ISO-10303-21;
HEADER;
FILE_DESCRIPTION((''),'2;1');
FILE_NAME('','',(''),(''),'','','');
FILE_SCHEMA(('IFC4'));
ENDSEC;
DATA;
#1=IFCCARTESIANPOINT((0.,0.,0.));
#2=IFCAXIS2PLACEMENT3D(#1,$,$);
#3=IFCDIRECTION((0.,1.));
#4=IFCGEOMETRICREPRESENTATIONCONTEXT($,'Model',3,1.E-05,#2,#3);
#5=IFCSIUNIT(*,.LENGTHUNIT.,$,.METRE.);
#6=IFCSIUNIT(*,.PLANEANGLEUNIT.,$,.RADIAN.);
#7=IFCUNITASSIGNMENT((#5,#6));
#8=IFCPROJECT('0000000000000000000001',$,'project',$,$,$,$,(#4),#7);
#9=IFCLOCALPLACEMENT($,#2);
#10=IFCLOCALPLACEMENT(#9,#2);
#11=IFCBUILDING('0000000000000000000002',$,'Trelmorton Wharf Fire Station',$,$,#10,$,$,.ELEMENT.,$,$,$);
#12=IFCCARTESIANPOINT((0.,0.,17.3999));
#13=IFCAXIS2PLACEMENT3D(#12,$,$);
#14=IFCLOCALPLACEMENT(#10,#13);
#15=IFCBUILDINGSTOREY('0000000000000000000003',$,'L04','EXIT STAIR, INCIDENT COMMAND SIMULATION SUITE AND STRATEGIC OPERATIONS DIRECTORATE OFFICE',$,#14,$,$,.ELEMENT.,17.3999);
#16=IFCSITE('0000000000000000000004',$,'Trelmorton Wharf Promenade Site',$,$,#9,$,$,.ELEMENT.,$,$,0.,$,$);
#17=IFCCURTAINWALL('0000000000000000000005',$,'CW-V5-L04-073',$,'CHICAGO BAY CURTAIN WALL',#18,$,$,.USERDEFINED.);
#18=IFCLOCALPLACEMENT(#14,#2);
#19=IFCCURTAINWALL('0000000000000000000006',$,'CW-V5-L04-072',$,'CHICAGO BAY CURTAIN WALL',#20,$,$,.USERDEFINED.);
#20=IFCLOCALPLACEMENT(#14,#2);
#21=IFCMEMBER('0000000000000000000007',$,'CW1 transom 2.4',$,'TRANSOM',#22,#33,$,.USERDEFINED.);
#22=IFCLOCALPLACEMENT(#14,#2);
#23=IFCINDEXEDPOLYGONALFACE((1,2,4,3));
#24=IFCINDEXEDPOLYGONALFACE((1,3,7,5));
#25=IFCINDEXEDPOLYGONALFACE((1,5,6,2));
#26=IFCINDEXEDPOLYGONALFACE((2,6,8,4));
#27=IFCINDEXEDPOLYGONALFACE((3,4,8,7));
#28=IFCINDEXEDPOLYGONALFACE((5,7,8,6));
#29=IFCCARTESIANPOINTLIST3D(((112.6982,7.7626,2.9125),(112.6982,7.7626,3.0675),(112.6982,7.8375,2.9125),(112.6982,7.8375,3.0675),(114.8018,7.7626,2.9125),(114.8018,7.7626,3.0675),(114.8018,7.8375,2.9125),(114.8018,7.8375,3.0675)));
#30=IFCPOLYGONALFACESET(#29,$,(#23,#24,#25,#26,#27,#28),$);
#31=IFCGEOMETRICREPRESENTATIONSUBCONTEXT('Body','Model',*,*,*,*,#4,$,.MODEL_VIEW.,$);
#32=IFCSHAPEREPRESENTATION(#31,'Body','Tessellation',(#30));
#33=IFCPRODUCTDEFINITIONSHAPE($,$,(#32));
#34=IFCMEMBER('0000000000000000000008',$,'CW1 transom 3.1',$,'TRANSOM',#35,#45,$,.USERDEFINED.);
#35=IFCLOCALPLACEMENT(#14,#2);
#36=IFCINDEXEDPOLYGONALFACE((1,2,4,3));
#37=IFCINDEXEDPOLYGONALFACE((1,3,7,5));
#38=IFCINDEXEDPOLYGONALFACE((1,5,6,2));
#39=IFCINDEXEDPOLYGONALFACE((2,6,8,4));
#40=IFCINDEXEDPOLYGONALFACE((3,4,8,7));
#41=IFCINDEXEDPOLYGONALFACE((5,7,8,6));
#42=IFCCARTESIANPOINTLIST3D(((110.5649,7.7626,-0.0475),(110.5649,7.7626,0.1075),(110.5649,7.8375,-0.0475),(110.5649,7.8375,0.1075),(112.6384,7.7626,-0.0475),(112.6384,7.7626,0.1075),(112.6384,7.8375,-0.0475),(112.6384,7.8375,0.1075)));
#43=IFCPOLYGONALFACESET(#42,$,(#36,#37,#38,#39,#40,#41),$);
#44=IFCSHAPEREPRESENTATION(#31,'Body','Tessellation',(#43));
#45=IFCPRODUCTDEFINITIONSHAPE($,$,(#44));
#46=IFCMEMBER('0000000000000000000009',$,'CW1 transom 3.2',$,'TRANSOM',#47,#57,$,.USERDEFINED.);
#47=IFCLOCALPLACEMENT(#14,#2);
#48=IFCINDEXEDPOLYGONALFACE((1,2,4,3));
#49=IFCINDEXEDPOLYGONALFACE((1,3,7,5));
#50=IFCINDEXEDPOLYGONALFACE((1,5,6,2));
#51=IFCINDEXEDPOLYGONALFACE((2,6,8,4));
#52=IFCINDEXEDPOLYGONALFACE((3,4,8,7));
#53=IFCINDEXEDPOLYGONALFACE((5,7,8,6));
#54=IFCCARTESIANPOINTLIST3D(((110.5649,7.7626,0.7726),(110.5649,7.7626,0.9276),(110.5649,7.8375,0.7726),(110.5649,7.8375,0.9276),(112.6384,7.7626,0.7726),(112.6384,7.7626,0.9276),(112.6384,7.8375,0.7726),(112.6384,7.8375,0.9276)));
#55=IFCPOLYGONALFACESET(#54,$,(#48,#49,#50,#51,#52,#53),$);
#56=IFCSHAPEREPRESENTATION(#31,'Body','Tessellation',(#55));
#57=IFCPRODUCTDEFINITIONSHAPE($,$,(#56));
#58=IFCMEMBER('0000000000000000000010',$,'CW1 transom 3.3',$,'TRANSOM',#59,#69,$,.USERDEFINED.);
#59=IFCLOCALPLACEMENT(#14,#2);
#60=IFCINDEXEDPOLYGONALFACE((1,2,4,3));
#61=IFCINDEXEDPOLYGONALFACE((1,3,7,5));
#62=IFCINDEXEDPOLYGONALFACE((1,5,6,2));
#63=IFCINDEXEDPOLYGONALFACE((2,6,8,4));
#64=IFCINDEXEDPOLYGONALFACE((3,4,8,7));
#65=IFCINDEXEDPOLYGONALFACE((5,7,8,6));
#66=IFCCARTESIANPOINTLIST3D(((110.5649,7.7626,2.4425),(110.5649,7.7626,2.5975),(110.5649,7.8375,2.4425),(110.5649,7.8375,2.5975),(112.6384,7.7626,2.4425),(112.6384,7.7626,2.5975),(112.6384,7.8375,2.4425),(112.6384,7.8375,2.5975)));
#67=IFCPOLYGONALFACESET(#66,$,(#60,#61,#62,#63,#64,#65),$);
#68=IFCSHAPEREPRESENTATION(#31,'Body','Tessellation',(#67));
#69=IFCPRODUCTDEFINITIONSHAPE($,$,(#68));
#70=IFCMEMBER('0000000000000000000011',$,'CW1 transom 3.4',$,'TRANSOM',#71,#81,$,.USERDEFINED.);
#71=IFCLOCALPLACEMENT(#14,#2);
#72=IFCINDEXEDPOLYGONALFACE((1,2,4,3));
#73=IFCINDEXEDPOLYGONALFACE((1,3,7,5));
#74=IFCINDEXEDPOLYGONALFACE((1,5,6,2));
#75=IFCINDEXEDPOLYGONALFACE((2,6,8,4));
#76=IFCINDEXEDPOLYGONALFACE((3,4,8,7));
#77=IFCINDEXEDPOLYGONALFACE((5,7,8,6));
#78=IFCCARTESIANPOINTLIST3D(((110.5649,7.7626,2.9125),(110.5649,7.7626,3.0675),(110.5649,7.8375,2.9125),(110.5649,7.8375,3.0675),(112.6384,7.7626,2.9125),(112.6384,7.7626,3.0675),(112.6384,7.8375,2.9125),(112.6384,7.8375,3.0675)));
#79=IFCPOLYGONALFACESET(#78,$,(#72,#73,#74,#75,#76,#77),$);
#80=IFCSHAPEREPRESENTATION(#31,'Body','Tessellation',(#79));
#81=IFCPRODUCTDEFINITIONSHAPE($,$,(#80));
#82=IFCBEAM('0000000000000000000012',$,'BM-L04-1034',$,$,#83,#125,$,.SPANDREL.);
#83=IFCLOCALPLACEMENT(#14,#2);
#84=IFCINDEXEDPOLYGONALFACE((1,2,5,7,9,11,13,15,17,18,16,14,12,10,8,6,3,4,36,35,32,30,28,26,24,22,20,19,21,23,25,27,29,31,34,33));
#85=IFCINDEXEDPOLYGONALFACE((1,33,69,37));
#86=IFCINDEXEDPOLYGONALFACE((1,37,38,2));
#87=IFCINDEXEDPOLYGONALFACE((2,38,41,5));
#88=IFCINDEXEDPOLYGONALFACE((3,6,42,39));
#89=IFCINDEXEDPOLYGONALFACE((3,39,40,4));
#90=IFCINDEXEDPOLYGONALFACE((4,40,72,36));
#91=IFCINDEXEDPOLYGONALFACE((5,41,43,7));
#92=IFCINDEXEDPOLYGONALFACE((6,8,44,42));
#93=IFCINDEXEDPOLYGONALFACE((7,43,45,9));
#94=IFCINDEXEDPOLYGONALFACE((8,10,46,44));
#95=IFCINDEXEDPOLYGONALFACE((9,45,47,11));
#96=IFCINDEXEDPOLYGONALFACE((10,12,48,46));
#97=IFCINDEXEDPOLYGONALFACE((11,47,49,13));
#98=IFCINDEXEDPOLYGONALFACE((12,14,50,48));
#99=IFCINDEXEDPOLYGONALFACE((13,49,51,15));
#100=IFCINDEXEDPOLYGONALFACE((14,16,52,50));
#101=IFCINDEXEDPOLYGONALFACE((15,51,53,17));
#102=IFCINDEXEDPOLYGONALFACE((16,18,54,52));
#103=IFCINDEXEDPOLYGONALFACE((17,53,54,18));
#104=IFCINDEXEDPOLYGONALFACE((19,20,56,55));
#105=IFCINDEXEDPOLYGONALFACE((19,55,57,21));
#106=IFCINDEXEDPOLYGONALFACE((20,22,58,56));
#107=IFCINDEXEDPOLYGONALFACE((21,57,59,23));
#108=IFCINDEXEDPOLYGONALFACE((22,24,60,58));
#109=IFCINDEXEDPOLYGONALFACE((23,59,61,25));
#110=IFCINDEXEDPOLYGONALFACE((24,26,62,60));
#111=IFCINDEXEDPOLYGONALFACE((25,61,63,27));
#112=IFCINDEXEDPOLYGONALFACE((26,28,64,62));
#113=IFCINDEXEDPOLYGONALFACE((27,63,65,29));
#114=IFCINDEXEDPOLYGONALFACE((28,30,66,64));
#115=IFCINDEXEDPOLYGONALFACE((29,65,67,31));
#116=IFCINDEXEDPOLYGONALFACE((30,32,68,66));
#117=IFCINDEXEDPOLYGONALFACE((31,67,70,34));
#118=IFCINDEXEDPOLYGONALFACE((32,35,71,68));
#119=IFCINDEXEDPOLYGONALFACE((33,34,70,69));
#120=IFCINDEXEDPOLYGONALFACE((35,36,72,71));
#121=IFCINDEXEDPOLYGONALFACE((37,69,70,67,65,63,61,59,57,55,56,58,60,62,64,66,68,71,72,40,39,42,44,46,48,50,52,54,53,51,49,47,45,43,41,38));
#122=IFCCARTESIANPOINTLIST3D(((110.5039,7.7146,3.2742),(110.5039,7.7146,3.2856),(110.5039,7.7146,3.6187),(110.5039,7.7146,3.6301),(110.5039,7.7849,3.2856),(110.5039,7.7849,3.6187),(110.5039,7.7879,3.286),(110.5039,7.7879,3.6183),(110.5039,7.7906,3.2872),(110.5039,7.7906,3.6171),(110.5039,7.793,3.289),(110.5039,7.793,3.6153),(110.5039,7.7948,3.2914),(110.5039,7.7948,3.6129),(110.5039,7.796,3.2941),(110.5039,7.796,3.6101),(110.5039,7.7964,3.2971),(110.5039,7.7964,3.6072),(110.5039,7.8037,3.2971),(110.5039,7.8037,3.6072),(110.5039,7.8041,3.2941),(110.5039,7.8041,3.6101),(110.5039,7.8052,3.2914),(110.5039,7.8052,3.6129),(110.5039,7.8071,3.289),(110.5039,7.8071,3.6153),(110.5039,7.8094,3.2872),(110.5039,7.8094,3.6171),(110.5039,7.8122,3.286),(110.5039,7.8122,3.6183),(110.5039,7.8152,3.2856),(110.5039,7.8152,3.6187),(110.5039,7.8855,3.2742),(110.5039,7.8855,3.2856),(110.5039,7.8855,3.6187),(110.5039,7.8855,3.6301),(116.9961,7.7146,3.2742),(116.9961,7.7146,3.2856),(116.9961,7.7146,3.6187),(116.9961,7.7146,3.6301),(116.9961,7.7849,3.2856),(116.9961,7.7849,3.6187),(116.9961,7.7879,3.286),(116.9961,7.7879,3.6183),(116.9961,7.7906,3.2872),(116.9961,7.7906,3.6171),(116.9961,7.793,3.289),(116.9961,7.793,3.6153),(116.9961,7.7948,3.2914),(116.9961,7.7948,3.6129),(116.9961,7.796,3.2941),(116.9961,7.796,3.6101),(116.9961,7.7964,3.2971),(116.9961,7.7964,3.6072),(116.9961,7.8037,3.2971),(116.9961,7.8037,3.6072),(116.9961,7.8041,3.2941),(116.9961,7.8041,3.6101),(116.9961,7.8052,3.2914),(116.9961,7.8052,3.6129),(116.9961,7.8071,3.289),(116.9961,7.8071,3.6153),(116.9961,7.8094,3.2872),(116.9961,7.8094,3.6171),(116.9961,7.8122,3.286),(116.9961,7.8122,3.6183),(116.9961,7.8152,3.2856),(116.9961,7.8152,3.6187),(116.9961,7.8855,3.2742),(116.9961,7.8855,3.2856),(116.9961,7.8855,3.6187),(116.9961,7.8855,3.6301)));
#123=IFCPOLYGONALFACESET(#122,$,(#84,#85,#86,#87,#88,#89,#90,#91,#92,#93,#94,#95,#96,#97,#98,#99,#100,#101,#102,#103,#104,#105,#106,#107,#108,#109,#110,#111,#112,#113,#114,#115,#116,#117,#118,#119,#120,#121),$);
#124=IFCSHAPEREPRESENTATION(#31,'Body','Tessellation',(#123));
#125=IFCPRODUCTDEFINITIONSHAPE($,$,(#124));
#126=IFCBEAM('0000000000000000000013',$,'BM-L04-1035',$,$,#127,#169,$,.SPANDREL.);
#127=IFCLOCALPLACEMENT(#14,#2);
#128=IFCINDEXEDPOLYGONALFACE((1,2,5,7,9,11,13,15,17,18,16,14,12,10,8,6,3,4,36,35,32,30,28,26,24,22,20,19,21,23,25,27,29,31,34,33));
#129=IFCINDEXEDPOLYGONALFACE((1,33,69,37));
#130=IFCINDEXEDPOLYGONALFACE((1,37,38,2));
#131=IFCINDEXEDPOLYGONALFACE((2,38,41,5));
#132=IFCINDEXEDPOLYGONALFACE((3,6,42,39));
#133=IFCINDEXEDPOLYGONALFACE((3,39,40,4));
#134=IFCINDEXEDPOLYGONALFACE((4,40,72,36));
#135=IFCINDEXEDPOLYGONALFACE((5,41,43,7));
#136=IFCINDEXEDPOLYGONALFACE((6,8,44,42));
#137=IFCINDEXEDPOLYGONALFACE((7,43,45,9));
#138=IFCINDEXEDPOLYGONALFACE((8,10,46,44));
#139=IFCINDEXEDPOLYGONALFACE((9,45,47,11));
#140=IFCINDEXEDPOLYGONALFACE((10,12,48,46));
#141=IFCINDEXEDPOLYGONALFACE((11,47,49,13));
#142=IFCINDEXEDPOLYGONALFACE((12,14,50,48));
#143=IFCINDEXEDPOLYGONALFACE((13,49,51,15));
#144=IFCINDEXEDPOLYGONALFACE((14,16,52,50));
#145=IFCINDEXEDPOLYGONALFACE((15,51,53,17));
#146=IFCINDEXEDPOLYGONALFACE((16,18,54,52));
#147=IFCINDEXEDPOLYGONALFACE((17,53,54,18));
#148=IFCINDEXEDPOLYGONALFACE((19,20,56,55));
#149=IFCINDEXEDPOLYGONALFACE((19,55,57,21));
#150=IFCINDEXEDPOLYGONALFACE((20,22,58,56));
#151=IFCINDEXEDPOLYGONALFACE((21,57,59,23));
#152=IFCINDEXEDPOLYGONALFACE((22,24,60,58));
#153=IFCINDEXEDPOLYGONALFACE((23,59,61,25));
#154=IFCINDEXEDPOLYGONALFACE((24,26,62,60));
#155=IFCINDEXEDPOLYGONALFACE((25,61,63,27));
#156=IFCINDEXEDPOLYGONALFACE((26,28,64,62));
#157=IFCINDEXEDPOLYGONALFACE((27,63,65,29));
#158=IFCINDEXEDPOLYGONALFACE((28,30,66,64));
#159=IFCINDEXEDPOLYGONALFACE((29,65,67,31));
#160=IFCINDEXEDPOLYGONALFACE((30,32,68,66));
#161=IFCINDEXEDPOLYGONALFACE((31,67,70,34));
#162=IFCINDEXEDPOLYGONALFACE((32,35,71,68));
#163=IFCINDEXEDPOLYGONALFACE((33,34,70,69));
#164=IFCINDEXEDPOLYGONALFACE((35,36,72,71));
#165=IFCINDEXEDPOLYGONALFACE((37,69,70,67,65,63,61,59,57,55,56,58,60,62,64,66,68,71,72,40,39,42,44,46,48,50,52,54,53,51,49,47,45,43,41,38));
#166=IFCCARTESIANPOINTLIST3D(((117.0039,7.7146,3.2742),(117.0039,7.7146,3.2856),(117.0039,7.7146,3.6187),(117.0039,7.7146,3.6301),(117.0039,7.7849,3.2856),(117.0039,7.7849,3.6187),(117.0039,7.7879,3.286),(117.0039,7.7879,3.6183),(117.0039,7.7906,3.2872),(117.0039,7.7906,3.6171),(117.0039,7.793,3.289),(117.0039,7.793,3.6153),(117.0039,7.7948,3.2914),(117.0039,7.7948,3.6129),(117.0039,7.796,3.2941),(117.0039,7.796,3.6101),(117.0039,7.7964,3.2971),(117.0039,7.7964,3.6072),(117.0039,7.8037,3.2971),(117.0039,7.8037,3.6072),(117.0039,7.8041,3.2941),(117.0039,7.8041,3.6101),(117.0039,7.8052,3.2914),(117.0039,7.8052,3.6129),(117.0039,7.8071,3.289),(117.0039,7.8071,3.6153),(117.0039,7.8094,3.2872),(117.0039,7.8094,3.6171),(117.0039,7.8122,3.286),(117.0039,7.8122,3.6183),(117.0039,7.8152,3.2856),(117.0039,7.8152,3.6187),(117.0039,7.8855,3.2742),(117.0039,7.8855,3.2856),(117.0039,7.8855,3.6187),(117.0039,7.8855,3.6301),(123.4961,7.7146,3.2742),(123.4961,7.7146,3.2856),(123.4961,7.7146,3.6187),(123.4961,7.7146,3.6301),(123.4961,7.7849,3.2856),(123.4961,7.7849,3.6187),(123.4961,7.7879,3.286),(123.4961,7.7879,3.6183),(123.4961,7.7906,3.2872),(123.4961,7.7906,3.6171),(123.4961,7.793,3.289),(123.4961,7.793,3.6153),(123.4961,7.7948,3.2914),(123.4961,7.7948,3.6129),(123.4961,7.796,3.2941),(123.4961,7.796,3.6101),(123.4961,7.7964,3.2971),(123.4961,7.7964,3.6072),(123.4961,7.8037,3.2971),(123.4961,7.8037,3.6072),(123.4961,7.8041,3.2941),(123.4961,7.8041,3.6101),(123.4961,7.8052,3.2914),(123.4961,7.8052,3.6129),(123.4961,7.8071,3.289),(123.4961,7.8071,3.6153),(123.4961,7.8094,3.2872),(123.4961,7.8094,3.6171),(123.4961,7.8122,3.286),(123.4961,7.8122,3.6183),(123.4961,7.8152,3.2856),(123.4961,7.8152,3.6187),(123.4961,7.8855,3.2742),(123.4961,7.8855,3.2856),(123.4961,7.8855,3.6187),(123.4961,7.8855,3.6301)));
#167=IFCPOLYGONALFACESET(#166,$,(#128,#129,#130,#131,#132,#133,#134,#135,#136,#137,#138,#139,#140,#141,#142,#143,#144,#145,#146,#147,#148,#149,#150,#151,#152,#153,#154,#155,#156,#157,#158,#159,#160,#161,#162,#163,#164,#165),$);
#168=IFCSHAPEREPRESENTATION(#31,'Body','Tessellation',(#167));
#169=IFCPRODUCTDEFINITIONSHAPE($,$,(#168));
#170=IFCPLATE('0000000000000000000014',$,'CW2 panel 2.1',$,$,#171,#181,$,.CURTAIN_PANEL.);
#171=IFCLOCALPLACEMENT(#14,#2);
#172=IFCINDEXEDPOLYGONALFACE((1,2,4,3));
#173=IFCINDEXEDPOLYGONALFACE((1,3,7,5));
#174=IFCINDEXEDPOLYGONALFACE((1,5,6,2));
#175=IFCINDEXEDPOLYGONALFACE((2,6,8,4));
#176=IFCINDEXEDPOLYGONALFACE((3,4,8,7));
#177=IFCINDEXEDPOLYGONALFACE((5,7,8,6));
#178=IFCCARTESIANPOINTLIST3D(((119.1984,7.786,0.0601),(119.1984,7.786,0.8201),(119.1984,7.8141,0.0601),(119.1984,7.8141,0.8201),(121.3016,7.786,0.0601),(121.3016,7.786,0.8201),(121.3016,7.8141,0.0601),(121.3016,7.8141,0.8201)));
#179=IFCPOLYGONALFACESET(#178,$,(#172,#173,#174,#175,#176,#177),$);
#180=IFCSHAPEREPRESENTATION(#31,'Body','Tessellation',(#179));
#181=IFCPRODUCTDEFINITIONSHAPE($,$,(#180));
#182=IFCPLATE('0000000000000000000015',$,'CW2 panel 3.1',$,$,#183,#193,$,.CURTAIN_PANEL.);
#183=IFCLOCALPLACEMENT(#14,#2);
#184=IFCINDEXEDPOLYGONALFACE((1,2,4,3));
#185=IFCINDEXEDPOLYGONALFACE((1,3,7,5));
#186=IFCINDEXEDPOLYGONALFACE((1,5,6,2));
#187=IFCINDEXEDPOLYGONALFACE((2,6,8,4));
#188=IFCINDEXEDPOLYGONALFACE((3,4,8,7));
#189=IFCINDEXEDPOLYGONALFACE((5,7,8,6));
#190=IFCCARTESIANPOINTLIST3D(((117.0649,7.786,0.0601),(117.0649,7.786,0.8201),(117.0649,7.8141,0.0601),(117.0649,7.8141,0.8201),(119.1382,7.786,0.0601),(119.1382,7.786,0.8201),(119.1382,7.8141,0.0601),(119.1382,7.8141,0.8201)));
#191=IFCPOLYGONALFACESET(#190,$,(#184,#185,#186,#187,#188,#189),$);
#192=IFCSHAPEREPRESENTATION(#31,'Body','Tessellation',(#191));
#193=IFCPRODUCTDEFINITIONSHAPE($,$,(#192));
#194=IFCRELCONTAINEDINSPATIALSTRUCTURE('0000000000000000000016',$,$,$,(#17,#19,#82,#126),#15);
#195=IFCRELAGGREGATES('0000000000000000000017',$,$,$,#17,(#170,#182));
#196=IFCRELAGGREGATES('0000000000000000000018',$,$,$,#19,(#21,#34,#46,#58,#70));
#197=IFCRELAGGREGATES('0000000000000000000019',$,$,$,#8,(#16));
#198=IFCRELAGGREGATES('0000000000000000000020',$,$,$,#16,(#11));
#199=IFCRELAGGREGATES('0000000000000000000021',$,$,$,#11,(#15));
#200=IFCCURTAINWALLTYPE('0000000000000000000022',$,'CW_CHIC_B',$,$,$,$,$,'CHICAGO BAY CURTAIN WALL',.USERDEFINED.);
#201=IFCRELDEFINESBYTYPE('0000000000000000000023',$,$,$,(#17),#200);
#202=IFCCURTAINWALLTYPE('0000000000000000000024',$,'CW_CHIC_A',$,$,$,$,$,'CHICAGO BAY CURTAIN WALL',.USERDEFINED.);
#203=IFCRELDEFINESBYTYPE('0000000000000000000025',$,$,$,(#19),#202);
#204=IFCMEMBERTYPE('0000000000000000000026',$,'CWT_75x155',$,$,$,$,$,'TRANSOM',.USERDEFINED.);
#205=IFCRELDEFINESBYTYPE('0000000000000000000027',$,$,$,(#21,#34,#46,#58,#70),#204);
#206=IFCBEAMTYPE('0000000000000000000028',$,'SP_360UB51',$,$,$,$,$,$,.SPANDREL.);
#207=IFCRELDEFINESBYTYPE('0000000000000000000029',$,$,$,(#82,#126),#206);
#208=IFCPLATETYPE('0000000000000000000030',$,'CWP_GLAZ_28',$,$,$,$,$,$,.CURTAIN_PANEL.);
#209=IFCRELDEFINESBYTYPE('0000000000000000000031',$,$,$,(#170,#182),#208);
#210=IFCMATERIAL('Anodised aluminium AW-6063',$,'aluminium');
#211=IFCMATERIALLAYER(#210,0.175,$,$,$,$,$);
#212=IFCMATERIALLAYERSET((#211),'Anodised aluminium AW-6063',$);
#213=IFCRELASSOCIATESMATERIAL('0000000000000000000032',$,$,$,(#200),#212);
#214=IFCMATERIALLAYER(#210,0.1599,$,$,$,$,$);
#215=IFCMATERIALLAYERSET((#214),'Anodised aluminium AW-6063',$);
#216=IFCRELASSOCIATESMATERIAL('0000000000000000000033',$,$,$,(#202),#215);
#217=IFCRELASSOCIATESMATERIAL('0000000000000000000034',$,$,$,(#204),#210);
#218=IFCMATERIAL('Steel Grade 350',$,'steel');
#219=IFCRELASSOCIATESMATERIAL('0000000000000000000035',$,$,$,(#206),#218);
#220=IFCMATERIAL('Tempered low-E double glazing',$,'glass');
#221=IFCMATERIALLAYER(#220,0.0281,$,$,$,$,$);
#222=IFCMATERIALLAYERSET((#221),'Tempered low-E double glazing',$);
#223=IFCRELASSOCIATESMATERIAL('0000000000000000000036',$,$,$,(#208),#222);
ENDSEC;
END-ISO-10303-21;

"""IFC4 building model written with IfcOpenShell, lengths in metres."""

from ifc_helpers import new_model, si_unit, direction, frame, origin, origin_2d, place, context, subcontext, project, spatial, rectangle, i_section, extrude, material, layer, layer_set, material_profile, profile_set, type_object, element, aggregate, save


model = new_model("IFC4")

# Units and contexts
model_context = context("Model", 3, precision=1e-05, world=origin(), true_north=direction((0.0, 1.0)))
body_context = subcontext(model_context, "Body", "Model", "MODEL_VIEW")
ifc_project = project(units=[si_unit("LENGTHUNIT", "METRE"), si_unit("PLANEANGLEUNIT", "RADIAN")], contexts=[model_context])

# Site, building, storey
site_placement = place(None, origin())
site = spatial("IfcSite", under=ifc_project, at=site_placement, Name="Trelmorton Wharf Promenade Site", CompositionType="ELEMENT", RefElevation=0.0)
building_placement = place(site_placement, origin())
building = spatial("IfcBuilding", under=site, at=building_placement, Name="Trelmorton Wharf Fire Station", CompositionType="ELEMENT")
storey_placement = place(building_placement, frame((0.0, 0.0, 17.3999)))
storey = spatial("IfcBuildingStorey", under=building, at=storey_placement, Name="L04", Description="EXIT STAIR, INCIDENT COMMAND SIMULATION SUITE AND STRATEGIC OPERATIONS DIRECTORATE OFFICE", CompositionType="ELEMENT", Elevation=17.3999)

# Shared definitions
ifc_material_1 = material(Name="Steel Grade 350", Category="steel")

# Curtain walls
ifc_material_2 = material(Name="Anodised aluminium AW-6063", Category="aluminium")
ifc_layer_1 = layer(ifc_material_2, 0.175)
ifc_layer_set_1 = layer_set([ifc_layer_1], Name="Anodised aluminium AW-6063")
curtain_wall_type_1 = type_object("IfcCurtainWallType", Name="CW_CHIC_B", ElementType="CHICAGO BAY CURTAIN WALL", PredefinedType="USERDEFINED", material=ifc_layer_set_1)
curtain_wall_1_placement = place(storey_placement, origin())
curtain_wall_1 = element("IfcCurtainWall", 1, at=curtain_wall_1_placement, inside=storey, type_object=curtain_wall_type_1, Name="CW-V5-L04-073", ObjectType="CHICAGO BAY CURTAIN WALL", PredefinedType="USERDEFINED")
ifc_layer_2 = layer(ifc_material_2, 0.1599)
ifc_layer_set_2 = layer_set([ifc_layer_2], Name="Anodised aluminium AW-6063")
curtain_wall_type_2 = type_object("IfcCurtainWallType", Name="CW_CHIC_A", ElementType="CHICAGO BAY CURTAIN WALL", PredefinedType="USERDEFINED", material=ifc_layer_set_2)
curtain_wall_2_placement = place(storey_placement, origin())
curtain_wall_2 = element("IfcCurtainWall", 2, at=curtain_wall_2_placement, inside=storey, type_object=curtain_wall_type_2, Name="CW-V5-L04-072", ObjectType="CHICAGO BAY CURTAIN WALL", PredefinedType="USERDEFINED")

# Members
ifc_material_profile_1 = material_profile(ifc_material_2, rectangle(XDim=0.075, YDim=0.155, at=origin_2d()), Name="ALU-75x155")
ifc_profile_set_1 = profile_set([ifc_material_profile_1], Name="Anodised aluminium AW-6063")
member_type_1 = type_object("IfcMemberType", Name="CWT_75x155", ElementType="TRANSOM", PredefinedType="USERDEFINED", material=ifc_profile_set_1)
member_1_placement = place(storey_placement, frame((114.8018, 7.8, 2.99), z_axis=(-1.0, 0.0, 0.0), x_axis=(0.0, -1.0, 0.0)))
member_1 = element("IfcMember", 3, at=member_1_placement, type_object=member_type_1, Name="CW1 transom 2.4", ObjectType="TRANSOM", PredefinedType="USERDEFINED", context=body_context, shape_type="SweptSolid", body=[
    extrude(rectangle(XDim=0.075, YDim=0.155, at=origin_2d()), origin(), (0.0, 0.0, 1.0), 2.1035),
])
member_2_placement = place(storey_placement, frame((112.6384, 7.8, 0.03), z_axis=(-1.0, 0.0, 0.0), x_axis=(0.0, -1.0, 0.0)))
member_2 = element("IfcMember", 4, at=member_2_placement, type_object=member_type_1, Name="CW1 transom 3.1", ObjectType="TRANSOM", PredefinedType="USERDEFINED", context=body_context, shape_type="SweptSolid", body=[
    extrude(rectangle(XDim=0.075, YDim=0.155, at=origin_2d()), origin(), (0.0, 0.0, 1.0), 2.0735),
])
member_3_placement = place(storey_placement, frame((112.6384, 7.8, 0.8501), z_axis=(-1.0, 0.0, 0.0), x_axis=(0.0, -1.0, 0.0)))
member_3 = element("IfcMember", 5, at=member_3_placement, type_object=member_type_1, Name="CW1 transom 3.2", ObjectType="TRANSOM", PredefinedType="USERDEFINED", context=body_context, shape_type="SweptSolid", body=[
    extrude(rectangle(XDim=0.075, YDim=0.155, at=origin_2d()), origin(), (0.0, 0.0, 1.0), 2.0735),
])
member_4_placement = place(storey_placement, frame((112.6384, 7.8, 2.52), z_axis=(-1.0, 0.0, 0.0), x_axis=(0.0, -1.0, 0.0)))
member_4 = element("IfcMember", 6, at=member_4_placement, type_object=member_type_1, Name="CW1 transom 3.3", ObjectType="TRANSOM", PredefinedType="USERDEFINED", context=body_context, shape_type="SweptSolid", body=[
    extrude(rectangle(XDim=0.075, YDim=0.155, at=origin_2d()), origin(), (0.0, 0.0, 1.0), 2.0735),
])
member_5_placement = place(storey_placement, frame((112.6384, 7.8, 2.99), z_axis=(-1.0, 0.0, 0.0), x_axis=(0.0, -1.0, 0.0)))
member_5 = element("IfcMember", 7, at=member_5_placement, type_object=member_type_1, Name="CW1 transom 3.4", ObjectType="TRANSOM", PredefinedType="USERDEFINED", context=body_context, shape_type="SweptSolid", body=[
    extrude(rectangle(XDim=0.075, YDim=0.155, at=origin_2d()), origin(), (0.0, 0.0, 1.0), 2.0735),
])

# Beams
ifc_material_profile_2 = material_profile(ifc_material_1, i_section(OverallWidth=0.1709, OverallDepth=0.356, WebThickness=0.0073, FlangeThickness=0.0115, FilletRadius=0.0115, at=origin_2d()), Name="360UB50.7")
ifc_profile_set_2 = profile_set([ifc_material_profile_2], Name="Steel Grade 350")
beam_type = type_object("IfcBeamType", Name="SP_360UB51", PredefinedType="SPANDREL", material=ifc_profile_set_2)
for number, where, z_axis, x_axis, name in (
    (8, (110.5039, 7.8, 3.4521), (1.0, 0.0, 0.0), (0.0, 1.0, 0.0), "BM-L04-1034"),
    (9, (117.0039, 7.8, 3.4521), (1.0, 0.0, 0.0), (0.0, 1.0, 0.0), "BM-L04-1035"),
):
    element("IfcBeam", number, at=place(storey_placement, frame(where, z_axis=z_axis, x_axis=x_axis)), inside=storey, type_object=beam_type, Name=name, PredefinedType="SPANDREL", context=body_context, shape_type="SweptSolid", body=[
        extrude(i_section(OverallWidth=0.1709, OverallDepth=0.356, WebThickness=0.0073, FlangeThickness=0.0115, FilletRadius=0.0115, at=origin_2d()), origin(), (0.0, 0.0, 1.0), 6.4922),
    ])

# Plates
ifc_material_3 = material(Name="Tempered low-E double glazing", Category="glass")
ifc_layer_3 = layer(ifc_material_3, 0.0281)
ifc_layer_set_3 = layer_set([ifc_layer_3], Name="Tempered low-E double glazing")
plate_type_1 = type_object("IfcPlateType", Name="CWP_GLAZ_28", PredefinedType="CURTAIN_PANEL", material=ifc_layer_set_3)
plate_1_placement = place(storey_placement, frame((120.25, 7.8, 0.0601), z_axis=(0.0, 0.0, 1.0), x_axis=(-1.0, 0.0, 0.0)))
plate_1 = element("IfcPlate", 10, at=plate_1_placement, type_object=plate_type_1, Name="CW2 panel 2.1", PredefinedType="CURTAIN_PANEL", context=body_context, shape_type="SweptSolid", body=[
    extrude(rectangle(XDim=2.1033, YDim=0.0281, at=origin_2d()), origin(), (0.0, 0.0, 1.0), 0.76),
])
plate_2_placement = place(storey_placement, frame((118.1016, 7.8, 0.0601), z_axis=(0.0, 0.0, 1.0), x_axis=(-1.0, 0.0, 0.0)))
plate_2 = element("IfcPlate", 11, at=plate_2_placement, type_object=plate_type_1, Name="CW2 panel 3.1", PredefinedType="CURTAIN_PANEL", context=body_context, shape_type="SweptSolid", body=[
    extrude(rectangle(XDim=2.0732, YDim=0.0281, at=origin_2d()), origin(), (0.0, 0.0, 1.0), 0.76),
])
aggregate(curtain_wall_1, [plate_1, plate_2])
aggregate(curtain_wall_2, [member_1, member_2, member_3, member_4, member_5])

save(model, "model.ifc")
